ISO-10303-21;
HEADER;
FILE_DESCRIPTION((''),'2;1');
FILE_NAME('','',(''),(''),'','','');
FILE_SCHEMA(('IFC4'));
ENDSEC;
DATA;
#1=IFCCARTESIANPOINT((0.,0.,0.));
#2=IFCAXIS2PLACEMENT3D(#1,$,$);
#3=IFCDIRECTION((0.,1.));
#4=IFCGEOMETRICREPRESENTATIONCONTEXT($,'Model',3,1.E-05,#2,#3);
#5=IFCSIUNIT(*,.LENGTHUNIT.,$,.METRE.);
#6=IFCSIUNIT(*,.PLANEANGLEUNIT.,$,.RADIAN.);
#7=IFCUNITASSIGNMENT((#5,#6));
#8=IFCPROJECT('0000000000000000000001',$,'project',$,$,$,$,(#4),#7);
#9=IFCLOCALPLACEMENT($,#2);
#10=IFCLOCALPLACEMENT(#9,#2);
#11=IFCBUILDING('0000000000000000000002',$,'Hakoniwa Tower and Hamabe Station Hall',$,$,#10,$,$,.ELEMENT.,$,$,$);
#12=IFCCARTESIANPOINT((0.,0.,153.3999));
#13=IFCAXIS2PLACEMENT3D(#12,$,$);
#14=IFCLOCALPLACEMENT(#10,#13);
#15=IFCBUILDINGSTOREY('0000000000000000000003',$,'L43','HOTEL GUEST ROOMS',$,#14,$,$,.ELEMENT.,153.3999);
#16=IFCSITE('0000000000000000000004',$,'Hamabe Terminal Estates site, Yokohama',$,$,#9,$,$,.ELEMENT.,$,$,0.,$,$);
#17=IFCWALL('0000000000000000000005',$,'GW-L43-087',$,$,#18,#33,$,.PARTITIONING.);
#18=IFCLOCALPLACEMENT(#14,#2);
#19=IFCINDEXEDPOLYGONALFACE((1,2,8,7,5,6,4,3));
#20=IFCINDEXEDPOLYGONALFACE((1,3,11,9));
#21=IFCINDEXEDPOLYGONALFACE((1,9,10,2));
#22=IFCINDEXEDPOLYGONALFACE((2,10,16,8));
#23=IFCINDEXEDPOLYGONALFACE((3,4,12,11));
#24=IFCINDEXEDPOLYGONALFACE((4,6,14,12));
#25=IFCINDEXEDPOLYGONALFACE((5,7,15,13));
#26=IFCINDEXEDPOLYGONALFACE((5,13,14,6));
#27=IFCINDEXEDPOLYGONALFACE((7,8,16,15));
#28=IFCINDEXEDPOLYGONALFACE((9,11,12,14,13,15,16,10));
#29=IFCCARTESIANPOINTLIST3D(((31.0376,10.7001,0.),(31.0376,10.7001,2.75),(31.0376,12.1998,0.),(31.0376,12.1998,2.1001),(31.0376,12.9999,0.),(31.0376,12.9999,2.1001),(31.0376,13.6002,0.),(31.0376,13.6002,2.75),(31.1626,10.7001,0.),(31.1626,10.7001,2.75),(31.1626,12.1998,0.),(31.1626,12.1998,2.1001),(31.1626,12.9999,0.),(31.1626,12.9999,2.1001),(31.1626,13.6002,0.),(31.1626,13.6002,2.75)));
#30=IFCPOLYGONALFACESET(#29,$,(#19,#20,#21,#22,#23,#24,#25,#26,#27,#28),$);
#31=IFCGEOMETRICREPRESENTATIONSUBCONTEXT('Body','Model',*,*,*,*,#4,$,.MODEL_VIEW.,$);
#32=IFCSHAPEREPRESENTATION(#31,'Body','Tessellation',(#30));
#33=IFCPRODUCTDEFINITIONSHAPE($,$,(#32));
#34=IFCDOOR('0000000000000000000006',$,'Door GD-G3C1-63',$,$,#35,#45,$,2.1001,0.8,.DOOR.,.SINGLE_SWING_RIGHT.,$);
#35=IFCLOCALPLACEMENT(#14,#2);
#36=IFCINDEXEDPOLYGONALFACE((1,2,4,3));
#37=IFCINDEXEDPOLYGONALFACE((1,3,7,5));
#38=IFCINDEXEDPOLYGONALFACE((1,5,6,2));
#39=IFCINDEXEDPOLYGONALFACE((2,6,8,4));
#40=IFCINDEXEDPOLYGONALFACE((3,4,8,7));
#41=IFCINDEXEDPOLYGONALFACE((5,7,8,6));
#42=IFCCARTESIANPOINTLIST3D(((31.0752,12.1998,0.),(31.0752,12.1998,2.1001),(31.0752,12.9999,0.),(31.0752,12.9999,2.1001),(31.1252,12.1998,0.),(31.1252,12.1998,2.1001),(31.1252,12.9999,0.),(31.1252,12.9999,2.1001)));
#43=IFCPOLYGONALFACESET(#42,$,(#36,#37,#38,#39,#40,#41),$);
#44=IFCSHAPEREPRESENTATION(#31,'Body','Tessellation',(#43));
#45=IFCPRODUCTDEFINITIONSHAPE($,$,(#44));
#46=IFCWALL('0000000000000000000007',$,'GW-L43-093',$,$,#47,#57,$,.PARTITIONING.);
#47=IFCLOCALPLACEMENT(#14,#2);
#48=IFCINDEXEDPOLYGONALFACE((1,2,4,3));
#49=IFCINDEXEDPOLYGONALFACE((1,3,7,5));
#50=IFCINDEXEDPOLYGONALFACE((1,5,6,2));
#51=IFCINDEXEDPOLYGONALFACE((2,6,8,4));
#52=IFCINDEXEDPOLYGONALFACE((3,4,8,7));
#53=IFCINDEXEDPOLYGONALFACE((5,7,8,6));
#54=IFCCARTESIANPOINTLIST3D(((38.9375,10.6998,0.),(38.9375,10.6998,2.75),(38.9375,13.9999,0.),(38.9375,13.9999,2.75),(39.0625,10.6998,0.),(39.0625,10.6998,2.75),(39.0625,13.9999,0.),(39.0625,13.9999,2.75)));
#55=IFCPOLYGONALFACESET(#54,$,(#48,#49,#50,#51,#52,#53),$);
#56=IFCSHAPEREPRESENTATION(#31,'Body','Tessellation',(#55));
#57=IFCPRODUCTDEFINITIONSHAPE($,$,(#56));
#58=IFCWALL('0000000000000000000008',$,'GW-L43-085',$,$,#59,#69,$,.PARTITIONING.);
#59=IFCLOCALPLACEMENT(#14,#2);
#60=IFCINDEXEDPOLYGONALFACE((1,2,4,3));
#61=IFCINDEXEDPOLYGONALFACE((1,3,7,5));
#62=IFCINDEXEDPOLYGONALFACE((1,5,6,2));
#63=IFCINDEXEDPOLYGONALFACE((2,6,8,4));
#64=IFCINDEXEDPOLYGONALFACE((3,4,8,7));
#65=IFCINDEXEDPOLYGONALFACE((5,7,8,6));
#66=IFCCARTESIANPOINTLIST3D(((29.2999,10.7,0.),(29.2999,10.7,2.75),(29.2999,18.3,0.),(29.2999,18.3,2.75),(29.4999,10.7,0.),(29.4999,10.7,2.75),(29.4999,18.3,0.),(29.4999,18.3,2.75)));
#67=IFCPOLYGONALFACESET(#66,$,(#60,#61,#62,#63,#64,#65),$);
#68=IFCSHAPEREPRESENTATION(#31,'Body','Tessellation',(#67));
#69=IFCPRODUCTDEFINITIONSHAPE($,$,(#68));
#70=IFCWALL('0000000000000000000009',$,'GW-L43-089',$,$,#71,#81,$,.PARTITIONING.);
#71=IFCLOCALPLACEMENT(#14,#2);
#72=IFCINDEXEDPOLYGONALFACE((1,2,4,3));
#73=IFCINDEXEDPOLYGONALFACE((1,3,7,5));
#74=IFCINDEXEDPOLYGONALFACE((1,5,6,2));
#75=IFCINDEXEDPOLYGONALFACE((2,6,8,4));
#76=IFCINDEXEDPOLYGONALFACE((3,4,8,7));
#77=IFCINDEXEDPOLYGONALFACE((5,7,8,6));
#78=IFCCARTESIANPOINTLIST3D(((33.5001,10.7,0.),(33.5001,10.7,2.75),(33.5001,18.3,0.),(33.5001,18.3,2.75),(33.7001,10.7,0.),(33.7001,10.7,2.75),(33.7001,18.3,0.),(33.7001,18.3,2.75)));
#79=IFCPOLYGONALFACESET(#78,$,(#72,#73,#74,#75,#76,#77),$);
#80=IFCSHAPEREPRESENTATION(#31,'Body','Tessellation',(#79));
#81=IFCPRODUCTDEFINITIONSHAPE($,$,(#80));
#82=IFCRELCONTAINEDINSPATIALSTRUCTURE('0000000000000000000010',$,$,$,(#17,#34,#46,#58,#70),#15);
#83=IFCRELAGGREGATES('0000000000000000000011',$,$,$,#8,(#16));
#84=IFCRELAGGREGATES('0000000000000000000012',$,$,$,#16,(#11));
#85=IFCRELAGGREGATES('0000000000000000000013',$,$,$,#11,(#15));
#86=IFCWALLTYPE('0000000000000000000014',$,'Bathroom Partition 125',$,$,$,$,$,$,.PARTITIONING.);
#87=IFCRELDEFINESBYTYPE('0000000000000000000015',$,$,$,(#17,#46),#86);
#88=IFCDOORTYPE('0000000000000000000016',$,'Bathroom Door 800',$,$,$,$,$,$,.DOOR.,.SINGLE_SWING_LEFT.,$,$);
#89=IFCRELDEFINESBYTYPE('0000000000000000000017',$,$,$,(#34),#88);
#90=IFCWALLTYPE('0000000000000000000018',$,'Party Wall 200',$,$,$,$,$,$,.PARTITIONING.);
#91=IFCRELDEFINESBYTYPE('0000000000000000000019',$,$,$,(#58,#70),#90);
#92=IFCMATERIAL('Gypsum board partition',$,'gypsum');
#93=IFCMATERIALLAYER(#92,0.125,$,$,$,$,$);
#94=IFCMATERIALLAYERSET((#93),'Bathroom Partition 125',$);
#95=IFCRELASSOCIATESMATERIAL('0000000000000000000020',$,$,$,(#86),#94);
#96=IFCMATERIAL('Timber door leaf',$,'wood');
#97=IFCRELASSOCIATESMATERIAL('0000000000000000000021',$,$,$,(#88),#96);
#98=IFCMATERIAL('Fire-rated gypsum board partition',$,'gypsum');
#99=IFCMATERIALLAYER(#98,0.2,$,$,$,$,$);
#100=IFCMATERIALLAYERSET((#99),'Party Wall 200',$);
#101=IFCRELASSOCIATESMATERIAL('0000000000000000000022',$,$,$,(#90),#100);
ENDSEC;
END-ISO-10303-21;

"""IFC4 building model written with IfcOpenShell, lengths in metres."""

from ifc_helpers import new_model, si_unit, direction, frame, frame_2d, origin, place, context, subcontext, project, spatial, rectangle, extrude, material, layer, layer_set, type_object, element, fill, save


model = new_model("IFC4")

# Units and contexts
model_context = context("Model", 3, precision=1e-05, world=origin(), true_north=direction((0.0, 1.0)))
body_context = subcontext(model_context, "Body", "Model", "MODEL_VIEW")
ifc_project = project(units=[si_unit("LENGTHUNIT", "METRE"), si_unit("PLANEANGLEUNIT", "RADIAN")], contexts=[model_context])

# Site, building, storey
site_placement = place(None, origin())
site = spatial("IfcSite", under=ifc_project, at=site_placement, Name="Hamabe Terminal Estates site, Yokohama", CompositionType="ELEMENT", RefElevation=0.0)
building_placement = place(site_placement, origin())
building = spatial("IfcBuilding", under=site, at=building_placement, Name="Hakoniwa Tower and Hamabe Station Hall", CompositionType="ELEMENT")
storey_placement = place(building_placement, frame((0.0, 0.0, 153.3999)))
storey = spatial("IfcBuildingStorey", under=building, at=storey_placement, Name="L43", Description="HOTEL GUEST ROOMS", CompositionType="ELEMENT", Elevation=153.3999)

# Shared definitions
ifc_material_1 = material(Name="Gypsum board partition", Category="gypsum")
ifc_layer_1 = layer(ifc_material_1, 0.125)
ifc_layer_set_1 = layer_set([ifc_layer_1], Name="Bathroom Partition 125")
wall_type_1 = type_object("IfcWallType", Name="Bathroom Partition 125", PredefinedType="PARTITIONING", material=ifc_layer_set_1)

# Wall, opening, door
ifc_material_2 = material(Name="Timber door leaf", Category="wood")
door_type = type_object("IfcDoorType", Name="Bathroom Door 800", OperationType="SINGLE_SWING_LEFT", PredefinedType="DOOR", material=ifc_material_2)
wall_1_placement = place(storey_placement, frame((31.1001, 10.7, 0.0), z_axis=(0.0, 0.0, 1.0), x_axis=(0.0, 1.0, 0.0)))
wall_1 = element("IfcWall", 1, at=wall_1_placement, inside=storey, type_object=wall_type_1, Name="GW-L43-087", PredefinedType="PARTITIONING", context=body_context, shape_type="SweptSolid", body=[
    extrude(rectangle(XDim=2.9001, YDim=0.125, at=frame_2d((1.4502, 0.0))), origin(), (0.0, 0.0, 1.0), 2.75),
])
opening_1_placement = place(wall_1_placement, frame((1.5, 0.0, 0.0)))
opening_1 = element("IfcOpeningElement", 2, at=opening_1_placement, cuts=wall_1, PredefinedType="OPENING", context=body_context, shape_type="SweptSolid", body=[
    extrude(rectangle(XDim=0.8, YDim=2.1001, at=frame_2d((0.3999, 1.05))), frame((0.0, 0.0725, 0.0), z_axis=(0.0, -1.0, 0.0), x_axis=(1.0, 0.0, 0.0)), (0.0, 0.0, 1.0), 0.145),
])
door_1_placement = place(opening_1_placement, origin())
door_1 = element("IfcDoor", 3, at=door_1_placement, inside=storey, type_object=door_type, Name="Door GD-G3C1-63", OperationType="SINGLE_SWING_RIGHT", OverallHeight=2.1001, OverallWidth=0.8, PredefinedType="DOOR", context=body_context, shape_type="SweptSolid", body=[
    extrude(rectangle(XDim=0.8, YDim=2.1001, at=frame_2d((0.3999, 1.05))), frame((0.0, 0.0249, 0.0), z_axis=(0.0, -1.0, 0.0), x_axis=(1.0, 0.0, 0.0)), (0.0, 0.0, 1.0), 0.05),
])
fill(opening_1, door_1)

# Walls
wall_2_placement = place(storey_placement, frame((39.0, 10.7, 0.0), z_axis=(0.0, 0.0, 1.0), x_axis=(0.0, 1.0, 0.0)))
element("IfcWall", 4, at=wall_2_placement, inside=storey, type_object=wall_type_1, Name="GW-L43-093", PredefinedType="PARTITIONING", context=body_context, shape_type="SweptSolid", body=[
    extrude(rectangle(XDim=3.3, YDim=0.125, at=frame_2d((1.6499, 0.0))), origin(), (0.0, 0.0, 1.0), 2.75),
])
ifc_material_3 = material(Name="Fire-rated gypsum board partition", Category="gypsum")
ifc_layer_2 = layer(ifc_material_3, 0.2)
ifc_layer_set_2 = layer_set([ifc_layer_2], Name="Party Wall 200")
wall_type_2 = type_object("IfcWallType", Name="Party Wall 200", PredefinedType="PARTITIONING", material=ifc_layer_set_2)
for number, where, z_axis, x_axis, name in (
    (5, (29.3999, 10.7, 0.0), (0.0, 0.0, 1.0), (0.0, 1.0, 0.0), "GW-L43-085"),
    (6, (33.6001, 10.7, 0.0), (0.0, 0.0, 1.0), (0.0, 1.0, 0.0), "GW-L43-089"),
):
    element("IfcWall", number, at=place(storey_placement, frame(where, z_axis=z_axis, x_axis=x_axis)), inside=storey, type_object=wall_type_2, Name=name, PredefinedType="PARTITIONING", context=body_context, shape_type="SweptSolid", body=[
        extrude(rectangle(XDim=7.6001, YDim=0.2, at=frame_2d((3.8, 0.0))), origin(), (0.0, 0.0, 1.0), 2.75),
    ])

save(model, "model.ifc")
